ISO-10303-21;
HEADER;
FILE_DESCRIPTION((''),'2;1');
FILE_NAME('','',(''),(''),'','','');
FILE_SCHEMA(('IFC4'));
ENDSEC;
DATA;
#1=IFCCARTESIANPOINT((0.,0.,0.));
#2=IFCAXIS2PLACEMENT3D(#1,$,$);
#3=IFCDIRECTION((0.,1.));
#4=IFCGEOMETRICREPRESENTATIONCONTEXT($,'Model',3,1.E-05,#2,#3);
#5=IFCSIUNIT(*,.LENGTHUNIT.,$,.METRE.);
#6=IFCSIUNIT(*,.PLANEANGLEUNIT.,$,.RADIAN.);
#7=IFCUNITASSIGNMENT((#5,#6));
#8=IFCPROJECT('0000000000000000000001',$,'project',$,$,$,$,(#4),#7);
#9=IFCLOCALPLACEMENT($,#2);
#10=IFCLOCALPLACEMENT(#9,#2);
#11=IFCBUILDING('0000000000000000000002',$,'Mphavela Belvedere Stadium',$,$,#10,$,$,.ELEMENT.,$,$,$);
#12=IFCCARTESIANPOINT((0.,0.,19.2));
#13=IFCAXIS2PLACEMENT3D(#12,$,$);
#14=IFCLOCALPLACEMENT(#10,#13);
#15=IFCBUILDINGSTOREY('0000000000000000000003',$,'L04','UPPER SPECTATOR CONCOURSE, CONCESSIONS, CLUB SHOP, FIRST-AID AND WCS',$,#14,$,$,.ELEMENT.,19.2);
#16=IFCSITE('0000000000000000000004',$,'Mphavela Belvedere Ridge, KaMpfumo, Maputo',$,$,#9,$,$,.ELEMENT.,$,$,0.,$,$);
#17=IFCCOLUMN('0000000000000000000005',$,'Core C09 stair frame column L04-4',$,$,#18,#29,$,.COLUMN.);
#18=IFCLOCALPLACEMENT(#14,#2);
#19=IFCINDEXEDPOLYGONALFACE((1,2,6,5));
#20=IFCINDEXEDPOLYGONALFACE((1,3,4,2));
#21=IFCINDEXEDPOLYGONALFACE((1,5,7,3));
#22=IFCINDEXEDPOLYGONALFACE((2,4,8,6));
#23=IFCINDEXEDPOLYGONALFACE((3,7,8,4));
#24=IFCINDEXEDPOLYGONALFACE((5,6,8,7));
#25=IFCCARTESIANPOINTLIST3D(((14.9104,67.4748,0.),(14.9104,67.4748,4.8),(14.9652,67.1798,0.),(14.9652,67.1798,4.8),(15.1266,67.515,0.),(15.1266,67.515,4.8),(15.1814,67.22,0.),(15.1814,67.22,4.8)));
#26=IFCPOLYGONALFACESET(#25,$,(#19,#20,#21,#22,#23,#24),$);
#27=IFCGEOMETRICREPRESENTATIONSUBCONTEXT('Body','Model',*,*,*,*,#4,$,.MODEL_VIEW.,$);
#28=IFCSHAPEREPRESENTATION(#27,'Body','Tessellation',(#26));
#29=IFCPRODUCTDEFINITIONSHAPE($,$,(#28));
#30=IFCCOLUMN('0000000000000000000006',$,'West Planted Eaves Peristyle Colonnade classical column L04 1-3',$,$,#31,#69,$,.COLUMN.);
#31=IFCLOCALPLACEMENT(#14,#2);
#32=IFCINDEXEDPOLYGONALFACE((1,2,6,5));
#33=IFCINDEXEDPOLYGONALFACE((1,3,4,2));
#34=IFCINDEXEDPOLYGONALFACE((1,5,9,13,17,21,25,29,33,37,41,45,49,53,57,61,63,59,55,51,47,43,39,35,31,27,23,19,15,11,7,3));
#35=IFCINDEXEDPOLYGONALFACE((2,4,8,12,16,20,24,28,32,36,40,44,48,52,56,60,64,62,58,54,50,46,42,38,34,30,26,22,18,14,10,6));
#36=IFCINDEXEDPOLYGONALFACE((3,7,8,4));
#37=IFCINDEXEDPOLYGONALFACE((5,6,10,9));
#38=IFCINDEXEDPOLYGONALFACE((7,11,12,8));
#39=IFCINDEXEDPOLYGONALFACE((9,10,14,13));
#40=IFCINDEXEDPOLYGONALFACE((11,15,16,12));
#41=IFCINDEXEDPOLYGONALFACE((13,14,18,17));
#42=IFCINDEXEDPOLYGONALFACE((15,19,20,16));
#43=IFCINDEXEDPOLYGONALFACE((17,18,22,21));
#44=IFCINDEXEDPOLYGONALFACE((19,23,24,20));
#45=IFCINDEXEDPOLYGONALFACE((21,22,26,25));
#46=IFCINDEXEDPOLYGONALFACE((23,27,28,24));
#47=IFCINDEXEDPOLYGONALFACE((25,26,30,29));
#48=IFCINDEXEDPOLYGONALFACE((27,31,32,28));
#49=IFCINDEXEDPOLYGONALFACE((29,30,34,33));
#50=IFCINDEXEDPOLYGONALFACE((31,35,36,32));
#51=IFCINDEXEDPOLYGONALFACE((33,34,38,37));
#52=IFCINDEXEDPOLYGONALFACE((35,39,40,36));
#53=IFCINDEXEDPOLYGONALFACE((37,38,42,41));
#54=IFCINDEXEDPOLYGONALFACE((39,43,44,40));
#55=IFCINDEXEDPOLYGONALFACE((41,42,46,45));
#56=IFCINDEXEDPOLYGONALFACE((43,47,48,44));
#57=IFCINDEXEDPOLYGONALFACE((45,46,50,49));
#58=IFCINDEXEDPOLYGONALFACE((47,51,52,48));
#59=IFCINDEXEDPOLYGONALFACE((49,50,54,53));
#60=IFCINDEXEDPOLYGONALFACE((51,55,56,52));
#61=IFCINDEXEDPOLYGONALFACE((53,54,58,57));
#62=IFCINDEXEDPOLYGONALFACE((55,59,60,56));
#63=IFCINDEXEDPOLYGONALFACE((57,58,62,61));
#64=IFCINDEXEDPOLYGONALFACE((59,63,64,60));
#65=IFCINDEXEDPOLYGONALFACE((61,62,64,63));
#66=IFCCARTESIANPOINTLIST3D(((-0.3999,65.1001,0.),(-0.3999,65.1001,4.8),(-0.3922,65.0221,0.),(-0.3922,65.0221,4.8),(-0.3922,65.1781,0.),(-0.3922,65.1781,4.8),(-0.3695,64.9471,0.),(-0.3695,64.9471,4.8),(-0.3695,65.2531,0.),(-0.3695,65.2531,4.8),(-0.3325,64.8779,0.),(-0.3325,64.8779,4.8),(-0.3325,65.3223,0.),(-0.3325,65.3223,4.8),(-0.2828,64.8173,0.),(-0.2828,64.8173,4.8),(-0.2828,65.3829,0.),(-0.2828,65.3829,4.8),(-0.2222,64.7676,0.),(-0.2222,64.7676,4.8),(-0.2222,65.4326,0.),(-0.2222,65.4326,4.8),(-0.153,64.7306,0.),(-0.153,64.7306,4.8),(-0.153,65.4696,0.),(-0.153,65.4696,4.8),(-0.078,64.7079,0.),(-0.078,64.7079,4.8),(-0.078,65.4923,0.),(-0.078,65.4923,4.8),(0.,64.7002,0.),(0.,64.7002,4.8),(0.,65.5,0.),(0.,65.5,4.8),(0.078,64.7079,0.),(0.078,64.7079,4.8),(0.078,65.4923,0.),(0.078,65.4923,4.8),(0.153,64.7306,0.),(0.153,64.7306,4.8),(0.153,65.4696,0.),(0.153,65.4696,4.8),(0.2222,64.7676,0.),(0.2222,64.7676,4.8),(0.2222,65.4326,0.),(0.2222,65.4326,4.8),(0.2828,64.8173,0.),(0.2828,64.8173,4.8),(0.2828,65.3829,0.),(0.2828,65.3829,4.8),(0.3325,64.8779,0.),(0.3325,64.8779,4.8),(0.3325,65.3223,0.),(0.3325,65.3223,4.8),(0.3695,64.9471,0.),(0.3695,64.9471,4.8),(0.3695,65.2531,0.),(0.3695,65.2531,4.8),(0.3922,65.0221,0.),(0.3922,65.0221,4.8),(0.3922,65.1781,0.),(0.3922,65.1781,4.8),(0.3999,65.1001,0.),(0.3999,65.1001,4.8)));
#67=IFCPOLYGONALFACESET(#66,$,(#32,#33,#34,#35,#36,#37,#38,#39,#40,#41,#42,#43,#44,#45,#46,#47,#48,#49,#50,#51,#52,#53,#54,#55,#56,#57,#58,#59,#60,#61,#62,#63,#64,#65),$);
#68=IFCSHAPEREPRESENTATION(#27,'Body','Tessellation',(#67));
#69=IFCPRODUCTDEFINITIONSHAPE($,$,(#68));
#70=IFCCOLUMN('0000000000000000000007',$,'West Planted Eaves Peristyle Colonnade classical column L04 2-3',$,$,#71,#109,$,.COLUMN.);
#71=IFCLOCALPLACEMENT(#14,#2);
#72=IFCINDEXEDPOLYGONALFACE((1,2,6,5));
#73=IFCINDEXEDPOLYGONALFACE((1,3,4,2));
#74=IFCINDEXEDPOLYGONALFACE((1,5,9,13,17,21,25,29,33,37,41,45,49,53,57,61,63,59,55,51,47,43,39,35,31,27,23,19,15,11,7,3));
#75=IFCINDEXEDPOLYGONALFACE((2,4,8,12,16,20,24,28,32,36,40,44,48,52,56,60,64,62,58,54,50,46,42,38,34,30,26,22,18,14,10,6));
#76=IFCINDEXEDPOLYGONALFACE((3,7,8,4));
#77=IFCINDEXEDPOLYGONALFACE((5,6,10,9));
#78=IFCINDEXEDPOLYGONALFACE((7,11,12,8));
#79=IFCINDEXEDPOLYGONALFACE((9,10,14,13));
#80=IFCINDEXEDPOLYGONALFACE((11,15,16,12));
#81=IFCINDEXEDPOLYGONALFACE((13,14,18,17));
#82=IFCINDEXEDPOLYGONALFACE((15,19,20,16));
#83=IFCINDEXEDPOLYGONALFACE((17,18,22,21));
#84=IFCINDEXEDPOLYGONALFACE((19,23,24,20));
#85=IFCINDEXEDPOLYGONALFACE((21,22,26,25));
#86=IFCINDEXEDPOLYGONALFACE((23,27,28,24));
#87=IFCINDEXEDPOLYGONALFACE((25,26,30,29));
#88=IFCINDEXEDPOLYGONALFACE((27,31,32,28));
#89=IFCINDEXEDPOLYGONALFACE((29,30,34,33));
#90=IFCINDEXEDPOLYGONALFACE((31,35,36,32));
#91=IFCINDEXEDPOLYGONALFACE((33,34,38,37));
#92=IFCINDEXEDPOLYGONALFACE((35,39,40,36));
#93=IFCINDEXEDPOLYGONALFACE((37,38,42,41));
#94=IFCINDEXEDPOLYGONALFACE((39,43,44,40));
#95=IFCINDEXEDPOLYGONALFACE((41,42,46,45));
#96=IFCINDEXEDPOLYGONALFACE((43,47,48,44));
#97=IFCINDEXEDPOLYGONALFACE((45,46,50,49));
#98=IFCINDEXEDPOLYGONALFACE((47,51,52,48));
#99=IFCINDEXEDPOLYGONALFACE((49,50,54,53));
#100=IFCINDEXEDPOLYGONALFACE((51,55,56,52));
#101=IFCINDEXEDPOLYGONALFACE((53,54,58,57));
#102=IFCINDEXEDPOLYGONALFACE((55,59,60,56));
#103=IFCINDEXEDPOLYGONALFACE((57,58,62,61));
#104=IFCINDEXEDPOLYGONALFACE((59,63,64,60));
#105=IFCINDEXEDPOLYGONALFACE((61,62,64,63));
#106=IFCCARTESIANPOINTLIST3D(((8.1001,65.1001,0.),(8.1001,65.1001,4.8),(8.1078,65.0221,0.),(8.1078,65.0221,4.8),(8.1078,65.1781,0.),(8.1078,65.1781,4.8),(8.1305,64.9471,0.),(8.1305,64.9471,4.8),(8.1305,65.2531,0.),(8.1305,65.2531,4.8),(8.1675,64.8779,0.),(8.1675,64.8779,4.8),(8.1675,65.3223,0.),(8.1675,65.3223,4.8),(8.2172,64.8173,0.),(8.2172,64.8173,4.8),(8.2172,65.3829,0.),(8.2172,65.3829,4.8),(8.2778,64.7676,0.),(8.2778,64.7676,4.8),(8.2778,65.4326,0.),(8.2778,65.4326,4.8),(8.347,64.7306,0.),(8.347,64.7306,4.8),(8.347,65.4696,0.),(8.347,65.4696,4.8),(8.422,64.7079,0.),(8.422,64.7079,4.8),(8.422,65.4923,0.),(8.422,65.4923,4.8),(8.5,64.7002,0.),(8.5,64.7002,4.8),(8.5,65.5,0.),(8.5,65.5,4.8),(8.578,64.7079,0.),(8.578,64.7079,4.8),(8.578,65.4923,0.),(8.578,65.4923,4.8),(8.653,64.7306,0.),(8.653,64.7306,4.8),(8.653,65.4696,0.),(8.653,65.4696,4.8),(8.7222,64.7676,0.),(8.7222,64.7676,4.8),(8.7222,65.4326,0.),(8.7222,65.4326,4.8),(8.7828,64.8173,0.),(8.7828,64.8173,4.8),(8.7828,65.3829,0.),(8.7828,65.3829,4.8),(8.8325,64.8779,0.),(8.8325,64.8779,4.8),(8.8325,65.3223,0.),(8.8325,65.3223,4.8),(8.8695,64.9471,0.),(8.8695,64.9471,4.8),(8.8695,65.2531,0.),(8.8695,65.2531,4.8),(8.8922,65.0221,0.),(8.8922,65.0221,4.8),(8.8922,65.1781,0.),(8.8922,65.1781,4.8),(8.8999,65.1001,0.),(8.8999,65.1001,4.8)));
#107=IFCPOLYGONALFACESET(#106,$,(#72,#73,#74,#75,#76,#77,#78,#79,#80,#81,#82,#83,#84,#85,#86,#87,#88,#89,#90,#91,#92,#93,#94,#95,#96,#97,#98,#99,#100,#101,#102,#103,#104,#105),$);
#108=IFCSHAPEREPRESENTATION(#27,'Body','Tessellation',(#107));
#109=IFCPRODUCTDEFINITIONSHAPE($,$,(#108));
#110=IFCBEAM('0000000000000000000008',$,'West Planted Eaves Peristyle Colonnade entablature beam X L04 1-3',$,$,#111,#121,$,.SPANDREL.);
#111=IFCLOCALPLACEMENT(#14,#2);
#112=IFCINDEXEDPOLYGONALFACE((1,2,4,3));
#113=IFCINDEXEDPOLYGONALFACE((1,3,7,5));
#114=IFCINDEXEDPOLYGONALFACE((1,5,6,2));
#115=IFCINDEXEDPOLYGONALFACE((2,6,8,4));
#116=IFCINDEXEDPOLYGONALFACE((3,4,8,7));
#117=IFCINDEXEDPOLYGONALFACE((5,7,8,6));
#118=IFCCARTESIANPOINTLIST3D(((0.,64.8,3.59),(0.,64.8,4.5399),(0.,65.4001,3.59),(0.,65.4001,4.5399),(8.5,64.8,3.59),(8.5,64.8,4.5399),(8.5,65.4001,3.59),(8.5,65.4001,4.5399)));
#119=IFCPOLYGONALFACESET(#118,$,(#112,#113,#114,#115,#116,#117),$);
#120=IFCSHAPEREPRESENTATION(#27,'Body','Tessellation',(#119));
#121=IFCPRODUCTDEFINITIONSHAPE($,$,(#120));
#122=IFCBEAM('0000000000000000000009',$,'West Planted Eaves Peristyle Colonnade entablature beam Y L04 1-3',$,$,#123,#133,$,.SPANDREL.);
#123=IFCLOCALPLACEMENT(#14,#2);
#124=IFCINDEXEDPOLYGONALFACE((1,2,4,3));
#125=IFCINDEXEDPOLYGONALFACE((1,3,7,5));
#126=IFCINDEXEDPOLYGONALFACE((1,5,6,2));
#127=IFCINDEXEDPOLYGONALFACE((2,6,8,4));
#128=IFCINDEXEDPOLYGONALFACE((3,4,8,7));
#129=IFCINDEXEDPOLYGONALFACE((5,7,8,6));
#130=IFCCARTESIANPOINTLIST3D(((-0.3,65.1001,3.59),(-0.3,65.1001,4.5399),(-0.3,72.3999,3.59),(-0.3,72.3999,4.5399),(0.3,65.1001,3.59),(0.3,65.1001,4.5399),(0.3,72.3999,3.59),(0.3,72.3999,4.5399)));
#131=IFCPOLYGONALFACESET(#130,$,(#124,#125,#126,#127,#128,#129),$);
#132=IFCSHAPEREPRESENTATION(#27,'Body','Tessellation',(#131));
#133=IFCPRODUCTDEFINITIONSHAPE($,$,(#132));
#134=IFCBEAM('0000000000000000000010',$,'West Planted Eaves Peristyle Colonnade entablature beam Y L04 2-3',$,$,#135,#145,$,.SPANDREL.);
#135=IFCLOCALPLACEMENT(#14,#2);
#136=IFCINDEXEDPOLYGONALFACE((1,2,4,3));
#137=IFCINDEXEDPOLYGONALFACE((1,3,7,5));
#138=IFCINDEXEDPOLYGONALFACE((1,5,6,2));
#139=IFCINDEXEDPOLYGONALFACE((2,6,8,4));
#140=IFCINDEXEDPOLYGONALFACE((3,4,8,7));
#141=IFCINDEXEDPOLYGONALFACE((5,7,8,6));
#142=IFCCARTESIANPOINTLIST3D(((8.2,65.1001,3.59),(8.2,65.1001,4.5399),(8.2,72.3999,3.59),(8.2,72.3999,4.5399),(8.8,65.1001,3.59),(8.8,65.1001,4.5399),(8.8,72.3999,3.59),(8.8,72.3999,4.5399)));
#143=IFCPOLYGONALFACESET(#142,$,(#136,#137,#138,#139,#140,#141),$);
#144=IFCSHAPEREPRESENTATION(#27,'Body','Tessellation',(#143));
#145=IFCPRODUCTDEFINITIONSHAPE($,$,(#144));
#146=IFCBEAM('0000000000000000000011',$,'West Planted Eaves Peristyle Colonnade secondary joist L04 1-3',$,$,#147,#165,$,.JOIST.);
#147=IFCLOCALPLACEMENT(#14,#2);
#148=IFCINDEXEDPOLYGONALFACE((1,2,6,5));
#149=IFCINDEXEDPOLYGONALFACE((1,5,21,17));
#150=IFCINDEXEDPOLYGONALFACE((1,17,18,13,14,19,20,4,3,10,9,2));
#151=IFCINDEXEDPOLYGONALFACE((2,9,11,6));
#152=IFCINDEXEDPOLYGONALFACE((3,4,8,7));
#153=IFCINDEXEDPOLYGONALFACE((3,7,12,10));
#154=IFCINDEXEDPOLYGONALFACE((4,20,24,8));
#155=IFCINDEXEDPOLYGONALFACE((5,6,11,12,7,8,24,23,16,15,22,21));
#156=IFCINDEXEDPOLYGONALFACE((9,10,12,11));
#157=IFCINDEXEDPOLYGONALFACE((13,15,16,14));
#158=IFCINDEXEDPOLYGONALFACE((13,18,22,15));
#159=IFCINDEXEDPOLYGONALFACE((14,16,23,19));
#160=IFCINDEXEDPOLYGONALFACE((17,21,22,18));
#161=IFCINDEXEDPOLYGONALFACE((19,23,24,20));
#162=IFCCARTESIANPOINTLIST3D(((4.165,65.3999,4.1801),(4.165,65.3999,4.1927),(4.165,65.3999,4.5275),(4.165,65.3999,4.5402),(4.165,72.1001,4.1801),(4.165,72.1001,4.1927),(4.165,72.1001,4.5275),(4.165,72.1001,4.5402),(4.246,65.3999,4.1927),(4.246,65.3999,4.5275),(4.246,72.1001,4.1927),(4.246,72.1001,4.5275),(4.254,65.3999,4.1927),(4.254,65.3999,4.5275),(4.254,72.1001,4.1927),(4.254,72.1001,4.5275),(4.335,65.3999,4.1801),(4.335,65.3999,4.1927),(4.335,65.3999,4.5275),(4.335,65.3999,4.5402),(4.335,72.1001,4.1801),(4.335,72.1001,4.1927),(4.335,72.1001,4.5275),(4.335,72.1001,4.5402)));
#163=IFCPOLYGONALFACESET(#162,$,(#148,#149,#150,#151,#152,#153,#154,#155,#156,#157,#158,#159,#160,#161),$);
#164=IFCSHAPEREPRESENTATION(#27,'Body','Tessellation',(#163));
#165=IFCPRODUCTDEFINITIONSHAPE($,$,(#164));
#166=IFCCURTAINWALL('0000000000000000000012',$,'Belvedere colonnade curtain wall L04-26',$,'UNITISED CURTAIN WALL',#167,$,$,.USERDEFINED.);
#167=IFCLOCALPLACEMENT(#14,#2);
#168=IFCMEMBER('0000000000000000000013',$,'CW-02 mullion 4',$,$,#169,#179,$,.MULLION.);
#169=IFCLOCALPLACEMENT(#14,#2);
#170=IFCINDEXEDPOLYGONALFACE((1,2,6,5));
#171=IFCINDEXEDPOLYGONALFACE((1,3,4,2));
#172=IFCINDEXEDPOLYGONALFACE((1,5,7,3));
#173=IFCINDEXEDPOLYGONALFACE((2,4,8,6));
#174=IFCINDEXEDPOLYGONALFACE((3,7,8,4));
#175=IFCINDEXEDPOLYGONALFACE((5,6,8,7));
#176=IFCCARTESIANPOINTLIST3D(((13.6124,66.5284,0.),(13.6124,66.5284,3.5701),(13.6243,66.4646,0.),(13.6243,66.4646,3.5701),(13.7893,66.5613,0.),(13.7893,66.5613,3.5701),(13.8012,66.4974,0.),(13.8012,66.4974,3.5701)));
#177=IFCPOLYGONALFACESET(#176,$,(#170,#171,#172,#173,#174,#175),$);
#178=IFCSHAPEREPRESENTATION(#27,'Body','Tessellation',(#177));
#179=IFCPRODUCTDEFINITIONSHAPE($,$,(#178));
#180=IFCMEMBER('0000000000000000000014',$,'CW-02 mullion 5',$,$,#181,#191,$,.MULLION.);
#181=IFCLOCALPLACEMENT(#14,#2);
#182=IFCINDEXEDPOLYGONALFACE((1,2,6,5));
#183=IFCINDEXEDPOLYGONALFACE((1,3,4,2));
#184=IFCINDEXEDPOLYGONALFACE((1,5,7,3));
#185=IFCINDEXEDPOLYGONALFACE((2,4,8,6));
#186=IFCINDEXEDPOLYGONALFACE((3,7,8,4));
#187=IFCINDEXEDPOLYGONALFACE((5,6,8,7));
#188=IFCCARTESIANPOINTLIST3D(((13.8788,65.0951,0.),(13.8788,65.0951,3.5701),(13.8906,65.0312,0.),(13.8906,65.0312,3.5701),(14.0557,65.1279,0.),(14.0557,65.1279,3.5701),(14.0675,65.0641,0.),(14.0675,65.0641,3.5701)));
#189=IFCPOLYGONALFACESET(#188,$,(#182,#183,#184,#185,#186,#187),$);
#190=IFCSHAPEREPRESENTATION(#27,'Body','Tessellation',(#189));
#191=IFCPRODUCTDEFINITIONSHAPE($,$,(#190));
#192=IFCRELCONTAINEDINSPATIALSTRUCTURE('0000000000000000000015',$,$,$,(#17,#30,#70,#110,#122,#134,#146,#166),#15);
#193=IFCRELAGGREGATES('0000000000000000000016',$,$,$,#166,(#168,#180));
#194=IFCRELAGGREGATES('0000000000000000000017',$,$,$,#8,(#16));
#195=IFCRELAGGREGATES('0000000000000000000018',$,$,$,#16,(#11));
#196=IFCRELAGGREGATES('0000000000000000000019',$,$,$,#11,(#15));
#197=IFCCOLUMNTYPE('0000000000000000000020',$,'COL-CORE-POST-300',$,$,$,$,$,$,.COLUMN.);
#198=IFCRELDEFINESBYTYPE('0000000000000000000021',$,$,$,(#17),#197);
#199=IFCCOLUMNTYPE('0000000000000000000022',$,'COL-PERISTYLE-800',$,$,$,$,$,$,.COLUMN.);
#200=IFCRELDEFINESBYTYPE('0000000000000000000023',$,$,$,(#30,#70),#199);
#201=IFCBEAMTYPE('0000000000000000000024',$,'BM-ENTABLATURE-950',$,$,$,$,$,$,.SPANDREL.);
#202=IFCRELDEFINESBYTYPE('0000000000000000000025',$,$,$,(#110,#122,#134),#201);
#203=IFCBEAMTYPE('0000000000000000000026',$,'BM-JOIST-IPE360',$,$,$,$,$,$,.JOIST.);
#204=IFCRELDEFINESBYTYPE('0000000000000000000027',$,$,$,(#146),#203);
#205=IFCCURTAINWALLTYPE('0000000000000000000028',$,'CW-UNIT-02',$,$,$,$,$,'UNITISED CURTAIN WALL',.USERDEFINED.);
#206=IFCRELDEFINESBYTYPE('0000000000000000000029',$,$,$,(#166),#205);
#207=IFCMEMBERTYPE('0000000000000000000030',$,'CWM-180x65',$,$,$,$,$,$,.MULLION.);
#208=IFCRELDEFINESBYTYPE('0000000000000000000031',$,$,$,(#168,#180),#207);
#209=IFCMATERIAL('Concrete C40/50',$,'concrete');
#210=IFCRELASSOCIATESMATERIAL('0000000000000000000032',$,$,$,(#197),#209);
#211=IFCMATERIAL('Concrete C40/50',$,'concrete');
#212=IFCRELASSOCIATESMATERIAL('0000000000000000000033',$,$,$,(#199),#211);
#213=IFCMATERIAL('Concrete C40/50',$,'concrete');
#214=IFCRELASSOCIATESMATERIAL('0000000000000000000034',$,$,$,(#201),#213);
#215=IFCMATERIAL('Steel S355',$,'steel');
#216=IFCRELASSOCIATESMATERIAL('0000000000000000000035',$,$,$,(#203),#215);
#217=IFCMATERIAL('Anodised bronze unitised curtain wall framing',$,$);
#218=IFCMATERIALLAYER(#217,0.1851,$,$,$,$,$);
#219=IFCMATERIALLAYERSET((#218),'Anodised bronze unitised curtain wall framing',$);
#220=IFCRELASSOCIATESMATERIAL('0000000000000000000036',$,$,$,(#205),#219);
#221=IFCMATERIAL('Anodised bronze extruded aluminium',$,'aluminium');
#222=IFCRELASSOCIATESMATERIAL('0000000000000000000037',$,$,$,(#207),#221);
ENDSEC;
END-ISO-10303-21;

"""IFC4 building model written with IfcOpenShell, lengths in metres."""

from ifc_helpers import new_model, si_unit, direction, frame, origin, origin_2d, place, context, subcontext, project, spatial, rectangle, circle, i_section, extrude, material, layer, layer_set, material_profile, profile_set, type_object, element, aggregate, save


model = new_model("IFC4")

# Units and contexts
model_context = context("Model", 3, precision=1e-05, world=origin(), true_north=direction((0.0, 1.0)))
body_context = subcontext(model_context, "Body", "Model", "MODEL_VIEW")
ifc_project = project(units=[si_unit("LENGTHUNIT", "METRE"), si_unit("PLANEANGLEUNIT", "RADIAN")], contexts=[model_context])

# Site, building, storey
site_placement = place(None, origin())
site = spatial("IfcSite", under=ifc_project, at=site_placement, Name="Mphavela Belvedere Ridge, KaMpfumo, Maputo", CompositionType="ELEMENT", RefElevation=0.0)
building_placement = place(site_placement, origin())
building = spatial("IfcBuilding", under=site, at=building_placement, Name="Mphavela Belvedere Stadium", CompositionType="ELEMENT")
storey_placement = place(building_placement, frame((0.0, 0.0, 19.2)))
storey = spatial("IfcBuildingStorey", under=building, at=storey_placement, Name="L04", Description="UPPER SPECTATOR CONCOURSE, CONCESSIONS, CLUB SHOP, FIRST-AID AND WCS", CompositionType="ELEMENT", Elevation=19.2)

# Columns
ifc_material_1 = material(Name="Concrete C40/50", Category="concrete")
ifc_material_profile_1 = material_profile(ifc_material_1, rectangle(XDim=0.3, YDim=0.22, at=origin_2d()), Name="RC 300x220")
ifc_profile_set_1 = profile_set([ifc_material_profile_1], Name="Concrete C40/50")
column_type_1 = type_object("IfcColumnType", Name="COL-CORE-POST-300", PredefinedType="COLUMN", material=ifc_profile_set_1)
column_placement = place(storey_placement, frame((15.0459, 67.3474, 0.0), z_axis=(0.0, 0.0, 1.0), x_axis=(-0.182579, 0.983191, 0.0)))
element("IfcColumn", 1, at=column_placement, inside=storey, type_object=column_type_1, Name="Core C09 stair frame column L04-4", PredefinedType="COLUMN", context=body_context, shape_type="SweptSolid", body=[
    extrude(rectangle(XDim=0.3, YDim=0.22, at=origin_2d()), origin(), (0.0, 0.0, 1.0), 4.8),
])
ifc_material_2 = material(Name="Concrete C40/50", Category="concrete")
ifc_material_profile_2 = material_profile(ifc_material_2, circle(Radius=0.3999, at=origin_2d()), Name="COL D800")
ifc_profile_set_2 = profile_set([ifc_material_profile_2], Name="Concrete C40/50")
column_type_2 = type_object("IfcColumnType", Name="COL-PERISTYLE-800", PredefinedType="COLUMN", material=ifc_profile_set_2)
for number, where, z_axis, x_axis, name in (
    (2, (0.0, 65.1001, 0.0), (0.0, 0.0, 1.0), (1.0, 0.0, 0.0), "West Planted Eaves Peristyle Colonnade classical column L04 1-3"),
    (3, (8.5, 65.1001, 0.0), (0.0, 0.0, 1.0), (1.0, 0.0, 0.0), "West Planted Eaves Peristyle Colonnade classical column L04 2-3"),
):
    element("IfcColumn", number, at=place(storey_placement, frame(where, z_axis=z_axis, x_axis=x_axis)), inside=storey, type_object=column_type_2, Name=name, PredefinedType="COLUMN", context=body_context, shape_type="SweptSolid", body=[
        extrude(circle(Radius=0.3999, at=origin_2d()), origin(), (0.0, 0.0, 1.0), 4.8),
    ])

# Beams
ifc_material_3 = material(Name="Concrete C40/50", Category="concrete")
ifc_material_profile_3 = material_profile(ifc_material_3, rectangle(XDim=0.6001, YDim=0.95, at=origin_2d()), Name="RC 600x950")
ifc_profile_set_3 = profile_set([ifc_material_profile_3], Name="Concrete C40/50")
beam_type_1 = type_object("IfcBeamType", Name="BM-ENTABLATURE-950", PredefinedType="SPANDREL", material=ifc_profile_set_3)
beam_1_placement = place(storey_placement, frame((0.0, 65.1001, 4.0649), z_axis=(1.0, 0.0, 0.0), x_axis=(0.0, 1.0, 0.0)))
element("IfcBeam", 4, at=beam_1_placement, inside=storey, type_object=beam_type_1, Name="West Planted Eaves Peristyle Colonnade entablature beam X L04 1-3", PredefinedType="SPANDREL", context=body_context, shape_type="SweptSolid", body=[
    extrude(rectangle(XDim=0.6001, YDim=0.95, at=origin_2d()), origin(), (0.0, 0.0, 1.0), 8.5),
])
for number, where, z_axis, x_axis, name in (
    (5, (0.0, 65.1001, 4.0649), (0.0, 1.0, 0.0), (-1.0, 0.0, 0.0), "West Planted Eaves Peristyle Colonnade entablature beam Y L04 1-3"),
    (6, (8.5, 65.1001, 4.0649), (0.0, 1.0, 0.0), (-1.0, 0.0, 0.0), "West Planted Eaves Peristyle Colonnade entablature beam Y L04 2-3"),
):
    element("IfcBeam", number, at=place(storey_placement, frame(where, z_axis=z_axis, x_axis=x_axis)), inside=storey, type_object=beam_type_1, Name=name, PredefinedType="SPANDREL", context=body_context, shape_type="SweptSolid", body=[
        extrude(rectangle(XDim=0.6001, YDim=0.95, at=origin_2d()), origin(), (0.0, 0.0, 1.0), 7.2998),
    ])
ifc_material_4 = material(Name="Steel S355", Category="steel")
ifc_material_profile_4 = material_profile(ifc_material_4, i_section(OverallWidth=0.1699, OverallDepth=0.3601, WebThickness=0.0081, FlangeThickness=0.0127, at=origin_2d()), Name="IPE 360")
ifc_profile_set_4 = profile_set([ifc_material_profile_4], Name="Steel S355")
beam_type_2 = type_object("IfcBeamType", Name="BM-JOIST-IPE360", PredefinedType="JOIST", material=ifc_profile_set_4)
beam_2_placement = place(storey_placement, frame((4.25, 65.3999, 4.3601), z_axis=(0.0, 1.0, 0.0), x_axis=(-1.0, 0.0, 0.0)))
element("IfcBeam", 7, at=beam_2_placement, inside=storey, type_object=beam_type_2, Name="West Planted Eaves Peristyle Colonnade secondary joist L04 1-3", PredefinedType="JOIST", context=body_context, shape_type="SweptSolid", body=[
    extrude(i_section(OverallWidth=0.1699, OverallDepth=0.3601, WebThickness=0.0081, FlangeThickness=0.0127, at=origin_2d()), origin(), (0.0, 0.0, 1.0), 6.7002),
])

# Curtain wall, members
ifc_material_5 = material(Name="Anodised bronze unitised curtain wall framing")
ifc_layer_1 = layer(ifc_material_5, 0.1851)
ifc_layer_set_1 = layer_set([ifc_layer_1], Name="Anodised bronze unitised curtain wall framing")
curtain_wall_type = type_object("IfcCurtainWallType", Name="CW-UNIT-02", ElementType="UNITISED CURTAIN WALL", PredefinedType="USERDEFINED", material=ifc_layer_set_1)
curtain_wall_placement = place(storey_placement, origin())
curtain_wall = element("IfcCurtainWall", 8, at=curtain_wall_placement, inside=storey, type_object=curtain_wall_type, Name="Belvedere colonnade curtain wall L04-26", ObjectType="UNITISED CURTAIN WALL", PredefinedType="USERDEFINED")
ifc_material_6 = material(Name="Anodised bronze extruded aluminium", Category="aluminium")
ifc_material_profile_5 = material_profile(ifc_material_6, rectangle(XDim=0.1799, YDim=0.0649, at=origin_2d()), Name="CW-MUL 180x65")
ifc_profile_set_5 = profile_set([ifc_material_profile_5], Name="Anodised bronze extruded aluminium")
member_type_1 = type_object("IfcMemberType", Name="CWM-180x65", PredefinedType="MULLION", material=ifc_profile_set_5)
member_1_placement = place(storey_placement, frame((13.7068, 66.5129, 0.0), z_axis=(0.0, 0.0, 1.0), x_axis=(0.983184, 0.182618, 0.0)))
member_1 = element("IfcMember", 9, at=member_1_placement, type_object=member_type_1, Name="CW-02 mullion 4", PredefinedType="MULLION", context=body_context, shape_type="SweptSolid", body=[
    extrude(rectangle(XDim=0.1799, YDim=0.0649, at=origin_2d()), origin(), (0.0, 0.0, 1.0), 3.5701),
])
member_2_placement = place(storey_placement, frame((13.9731, 65.0796, 0.0), z_axis=(0.0, 0.0, 1.0), x_axis=(0.983184, 0.182618, 0.0)))
member_2 = element("IfcMember", 10, at=member_2_placement, type_object=member_type_1, Name="CW-02 mullion 5", PredefinedType="MULLION", context=body_context, shape_type="SweptSolid", body=[
    extrude(rectangle(XDim=0.1799, YDim=0.0649, at=origin_2d()), origin(), (0.0, 0.0, 1.0), 3.5701),
])
aggregate(curtain_wall, [member_1, member_2])

save(model, "model.ifc")
